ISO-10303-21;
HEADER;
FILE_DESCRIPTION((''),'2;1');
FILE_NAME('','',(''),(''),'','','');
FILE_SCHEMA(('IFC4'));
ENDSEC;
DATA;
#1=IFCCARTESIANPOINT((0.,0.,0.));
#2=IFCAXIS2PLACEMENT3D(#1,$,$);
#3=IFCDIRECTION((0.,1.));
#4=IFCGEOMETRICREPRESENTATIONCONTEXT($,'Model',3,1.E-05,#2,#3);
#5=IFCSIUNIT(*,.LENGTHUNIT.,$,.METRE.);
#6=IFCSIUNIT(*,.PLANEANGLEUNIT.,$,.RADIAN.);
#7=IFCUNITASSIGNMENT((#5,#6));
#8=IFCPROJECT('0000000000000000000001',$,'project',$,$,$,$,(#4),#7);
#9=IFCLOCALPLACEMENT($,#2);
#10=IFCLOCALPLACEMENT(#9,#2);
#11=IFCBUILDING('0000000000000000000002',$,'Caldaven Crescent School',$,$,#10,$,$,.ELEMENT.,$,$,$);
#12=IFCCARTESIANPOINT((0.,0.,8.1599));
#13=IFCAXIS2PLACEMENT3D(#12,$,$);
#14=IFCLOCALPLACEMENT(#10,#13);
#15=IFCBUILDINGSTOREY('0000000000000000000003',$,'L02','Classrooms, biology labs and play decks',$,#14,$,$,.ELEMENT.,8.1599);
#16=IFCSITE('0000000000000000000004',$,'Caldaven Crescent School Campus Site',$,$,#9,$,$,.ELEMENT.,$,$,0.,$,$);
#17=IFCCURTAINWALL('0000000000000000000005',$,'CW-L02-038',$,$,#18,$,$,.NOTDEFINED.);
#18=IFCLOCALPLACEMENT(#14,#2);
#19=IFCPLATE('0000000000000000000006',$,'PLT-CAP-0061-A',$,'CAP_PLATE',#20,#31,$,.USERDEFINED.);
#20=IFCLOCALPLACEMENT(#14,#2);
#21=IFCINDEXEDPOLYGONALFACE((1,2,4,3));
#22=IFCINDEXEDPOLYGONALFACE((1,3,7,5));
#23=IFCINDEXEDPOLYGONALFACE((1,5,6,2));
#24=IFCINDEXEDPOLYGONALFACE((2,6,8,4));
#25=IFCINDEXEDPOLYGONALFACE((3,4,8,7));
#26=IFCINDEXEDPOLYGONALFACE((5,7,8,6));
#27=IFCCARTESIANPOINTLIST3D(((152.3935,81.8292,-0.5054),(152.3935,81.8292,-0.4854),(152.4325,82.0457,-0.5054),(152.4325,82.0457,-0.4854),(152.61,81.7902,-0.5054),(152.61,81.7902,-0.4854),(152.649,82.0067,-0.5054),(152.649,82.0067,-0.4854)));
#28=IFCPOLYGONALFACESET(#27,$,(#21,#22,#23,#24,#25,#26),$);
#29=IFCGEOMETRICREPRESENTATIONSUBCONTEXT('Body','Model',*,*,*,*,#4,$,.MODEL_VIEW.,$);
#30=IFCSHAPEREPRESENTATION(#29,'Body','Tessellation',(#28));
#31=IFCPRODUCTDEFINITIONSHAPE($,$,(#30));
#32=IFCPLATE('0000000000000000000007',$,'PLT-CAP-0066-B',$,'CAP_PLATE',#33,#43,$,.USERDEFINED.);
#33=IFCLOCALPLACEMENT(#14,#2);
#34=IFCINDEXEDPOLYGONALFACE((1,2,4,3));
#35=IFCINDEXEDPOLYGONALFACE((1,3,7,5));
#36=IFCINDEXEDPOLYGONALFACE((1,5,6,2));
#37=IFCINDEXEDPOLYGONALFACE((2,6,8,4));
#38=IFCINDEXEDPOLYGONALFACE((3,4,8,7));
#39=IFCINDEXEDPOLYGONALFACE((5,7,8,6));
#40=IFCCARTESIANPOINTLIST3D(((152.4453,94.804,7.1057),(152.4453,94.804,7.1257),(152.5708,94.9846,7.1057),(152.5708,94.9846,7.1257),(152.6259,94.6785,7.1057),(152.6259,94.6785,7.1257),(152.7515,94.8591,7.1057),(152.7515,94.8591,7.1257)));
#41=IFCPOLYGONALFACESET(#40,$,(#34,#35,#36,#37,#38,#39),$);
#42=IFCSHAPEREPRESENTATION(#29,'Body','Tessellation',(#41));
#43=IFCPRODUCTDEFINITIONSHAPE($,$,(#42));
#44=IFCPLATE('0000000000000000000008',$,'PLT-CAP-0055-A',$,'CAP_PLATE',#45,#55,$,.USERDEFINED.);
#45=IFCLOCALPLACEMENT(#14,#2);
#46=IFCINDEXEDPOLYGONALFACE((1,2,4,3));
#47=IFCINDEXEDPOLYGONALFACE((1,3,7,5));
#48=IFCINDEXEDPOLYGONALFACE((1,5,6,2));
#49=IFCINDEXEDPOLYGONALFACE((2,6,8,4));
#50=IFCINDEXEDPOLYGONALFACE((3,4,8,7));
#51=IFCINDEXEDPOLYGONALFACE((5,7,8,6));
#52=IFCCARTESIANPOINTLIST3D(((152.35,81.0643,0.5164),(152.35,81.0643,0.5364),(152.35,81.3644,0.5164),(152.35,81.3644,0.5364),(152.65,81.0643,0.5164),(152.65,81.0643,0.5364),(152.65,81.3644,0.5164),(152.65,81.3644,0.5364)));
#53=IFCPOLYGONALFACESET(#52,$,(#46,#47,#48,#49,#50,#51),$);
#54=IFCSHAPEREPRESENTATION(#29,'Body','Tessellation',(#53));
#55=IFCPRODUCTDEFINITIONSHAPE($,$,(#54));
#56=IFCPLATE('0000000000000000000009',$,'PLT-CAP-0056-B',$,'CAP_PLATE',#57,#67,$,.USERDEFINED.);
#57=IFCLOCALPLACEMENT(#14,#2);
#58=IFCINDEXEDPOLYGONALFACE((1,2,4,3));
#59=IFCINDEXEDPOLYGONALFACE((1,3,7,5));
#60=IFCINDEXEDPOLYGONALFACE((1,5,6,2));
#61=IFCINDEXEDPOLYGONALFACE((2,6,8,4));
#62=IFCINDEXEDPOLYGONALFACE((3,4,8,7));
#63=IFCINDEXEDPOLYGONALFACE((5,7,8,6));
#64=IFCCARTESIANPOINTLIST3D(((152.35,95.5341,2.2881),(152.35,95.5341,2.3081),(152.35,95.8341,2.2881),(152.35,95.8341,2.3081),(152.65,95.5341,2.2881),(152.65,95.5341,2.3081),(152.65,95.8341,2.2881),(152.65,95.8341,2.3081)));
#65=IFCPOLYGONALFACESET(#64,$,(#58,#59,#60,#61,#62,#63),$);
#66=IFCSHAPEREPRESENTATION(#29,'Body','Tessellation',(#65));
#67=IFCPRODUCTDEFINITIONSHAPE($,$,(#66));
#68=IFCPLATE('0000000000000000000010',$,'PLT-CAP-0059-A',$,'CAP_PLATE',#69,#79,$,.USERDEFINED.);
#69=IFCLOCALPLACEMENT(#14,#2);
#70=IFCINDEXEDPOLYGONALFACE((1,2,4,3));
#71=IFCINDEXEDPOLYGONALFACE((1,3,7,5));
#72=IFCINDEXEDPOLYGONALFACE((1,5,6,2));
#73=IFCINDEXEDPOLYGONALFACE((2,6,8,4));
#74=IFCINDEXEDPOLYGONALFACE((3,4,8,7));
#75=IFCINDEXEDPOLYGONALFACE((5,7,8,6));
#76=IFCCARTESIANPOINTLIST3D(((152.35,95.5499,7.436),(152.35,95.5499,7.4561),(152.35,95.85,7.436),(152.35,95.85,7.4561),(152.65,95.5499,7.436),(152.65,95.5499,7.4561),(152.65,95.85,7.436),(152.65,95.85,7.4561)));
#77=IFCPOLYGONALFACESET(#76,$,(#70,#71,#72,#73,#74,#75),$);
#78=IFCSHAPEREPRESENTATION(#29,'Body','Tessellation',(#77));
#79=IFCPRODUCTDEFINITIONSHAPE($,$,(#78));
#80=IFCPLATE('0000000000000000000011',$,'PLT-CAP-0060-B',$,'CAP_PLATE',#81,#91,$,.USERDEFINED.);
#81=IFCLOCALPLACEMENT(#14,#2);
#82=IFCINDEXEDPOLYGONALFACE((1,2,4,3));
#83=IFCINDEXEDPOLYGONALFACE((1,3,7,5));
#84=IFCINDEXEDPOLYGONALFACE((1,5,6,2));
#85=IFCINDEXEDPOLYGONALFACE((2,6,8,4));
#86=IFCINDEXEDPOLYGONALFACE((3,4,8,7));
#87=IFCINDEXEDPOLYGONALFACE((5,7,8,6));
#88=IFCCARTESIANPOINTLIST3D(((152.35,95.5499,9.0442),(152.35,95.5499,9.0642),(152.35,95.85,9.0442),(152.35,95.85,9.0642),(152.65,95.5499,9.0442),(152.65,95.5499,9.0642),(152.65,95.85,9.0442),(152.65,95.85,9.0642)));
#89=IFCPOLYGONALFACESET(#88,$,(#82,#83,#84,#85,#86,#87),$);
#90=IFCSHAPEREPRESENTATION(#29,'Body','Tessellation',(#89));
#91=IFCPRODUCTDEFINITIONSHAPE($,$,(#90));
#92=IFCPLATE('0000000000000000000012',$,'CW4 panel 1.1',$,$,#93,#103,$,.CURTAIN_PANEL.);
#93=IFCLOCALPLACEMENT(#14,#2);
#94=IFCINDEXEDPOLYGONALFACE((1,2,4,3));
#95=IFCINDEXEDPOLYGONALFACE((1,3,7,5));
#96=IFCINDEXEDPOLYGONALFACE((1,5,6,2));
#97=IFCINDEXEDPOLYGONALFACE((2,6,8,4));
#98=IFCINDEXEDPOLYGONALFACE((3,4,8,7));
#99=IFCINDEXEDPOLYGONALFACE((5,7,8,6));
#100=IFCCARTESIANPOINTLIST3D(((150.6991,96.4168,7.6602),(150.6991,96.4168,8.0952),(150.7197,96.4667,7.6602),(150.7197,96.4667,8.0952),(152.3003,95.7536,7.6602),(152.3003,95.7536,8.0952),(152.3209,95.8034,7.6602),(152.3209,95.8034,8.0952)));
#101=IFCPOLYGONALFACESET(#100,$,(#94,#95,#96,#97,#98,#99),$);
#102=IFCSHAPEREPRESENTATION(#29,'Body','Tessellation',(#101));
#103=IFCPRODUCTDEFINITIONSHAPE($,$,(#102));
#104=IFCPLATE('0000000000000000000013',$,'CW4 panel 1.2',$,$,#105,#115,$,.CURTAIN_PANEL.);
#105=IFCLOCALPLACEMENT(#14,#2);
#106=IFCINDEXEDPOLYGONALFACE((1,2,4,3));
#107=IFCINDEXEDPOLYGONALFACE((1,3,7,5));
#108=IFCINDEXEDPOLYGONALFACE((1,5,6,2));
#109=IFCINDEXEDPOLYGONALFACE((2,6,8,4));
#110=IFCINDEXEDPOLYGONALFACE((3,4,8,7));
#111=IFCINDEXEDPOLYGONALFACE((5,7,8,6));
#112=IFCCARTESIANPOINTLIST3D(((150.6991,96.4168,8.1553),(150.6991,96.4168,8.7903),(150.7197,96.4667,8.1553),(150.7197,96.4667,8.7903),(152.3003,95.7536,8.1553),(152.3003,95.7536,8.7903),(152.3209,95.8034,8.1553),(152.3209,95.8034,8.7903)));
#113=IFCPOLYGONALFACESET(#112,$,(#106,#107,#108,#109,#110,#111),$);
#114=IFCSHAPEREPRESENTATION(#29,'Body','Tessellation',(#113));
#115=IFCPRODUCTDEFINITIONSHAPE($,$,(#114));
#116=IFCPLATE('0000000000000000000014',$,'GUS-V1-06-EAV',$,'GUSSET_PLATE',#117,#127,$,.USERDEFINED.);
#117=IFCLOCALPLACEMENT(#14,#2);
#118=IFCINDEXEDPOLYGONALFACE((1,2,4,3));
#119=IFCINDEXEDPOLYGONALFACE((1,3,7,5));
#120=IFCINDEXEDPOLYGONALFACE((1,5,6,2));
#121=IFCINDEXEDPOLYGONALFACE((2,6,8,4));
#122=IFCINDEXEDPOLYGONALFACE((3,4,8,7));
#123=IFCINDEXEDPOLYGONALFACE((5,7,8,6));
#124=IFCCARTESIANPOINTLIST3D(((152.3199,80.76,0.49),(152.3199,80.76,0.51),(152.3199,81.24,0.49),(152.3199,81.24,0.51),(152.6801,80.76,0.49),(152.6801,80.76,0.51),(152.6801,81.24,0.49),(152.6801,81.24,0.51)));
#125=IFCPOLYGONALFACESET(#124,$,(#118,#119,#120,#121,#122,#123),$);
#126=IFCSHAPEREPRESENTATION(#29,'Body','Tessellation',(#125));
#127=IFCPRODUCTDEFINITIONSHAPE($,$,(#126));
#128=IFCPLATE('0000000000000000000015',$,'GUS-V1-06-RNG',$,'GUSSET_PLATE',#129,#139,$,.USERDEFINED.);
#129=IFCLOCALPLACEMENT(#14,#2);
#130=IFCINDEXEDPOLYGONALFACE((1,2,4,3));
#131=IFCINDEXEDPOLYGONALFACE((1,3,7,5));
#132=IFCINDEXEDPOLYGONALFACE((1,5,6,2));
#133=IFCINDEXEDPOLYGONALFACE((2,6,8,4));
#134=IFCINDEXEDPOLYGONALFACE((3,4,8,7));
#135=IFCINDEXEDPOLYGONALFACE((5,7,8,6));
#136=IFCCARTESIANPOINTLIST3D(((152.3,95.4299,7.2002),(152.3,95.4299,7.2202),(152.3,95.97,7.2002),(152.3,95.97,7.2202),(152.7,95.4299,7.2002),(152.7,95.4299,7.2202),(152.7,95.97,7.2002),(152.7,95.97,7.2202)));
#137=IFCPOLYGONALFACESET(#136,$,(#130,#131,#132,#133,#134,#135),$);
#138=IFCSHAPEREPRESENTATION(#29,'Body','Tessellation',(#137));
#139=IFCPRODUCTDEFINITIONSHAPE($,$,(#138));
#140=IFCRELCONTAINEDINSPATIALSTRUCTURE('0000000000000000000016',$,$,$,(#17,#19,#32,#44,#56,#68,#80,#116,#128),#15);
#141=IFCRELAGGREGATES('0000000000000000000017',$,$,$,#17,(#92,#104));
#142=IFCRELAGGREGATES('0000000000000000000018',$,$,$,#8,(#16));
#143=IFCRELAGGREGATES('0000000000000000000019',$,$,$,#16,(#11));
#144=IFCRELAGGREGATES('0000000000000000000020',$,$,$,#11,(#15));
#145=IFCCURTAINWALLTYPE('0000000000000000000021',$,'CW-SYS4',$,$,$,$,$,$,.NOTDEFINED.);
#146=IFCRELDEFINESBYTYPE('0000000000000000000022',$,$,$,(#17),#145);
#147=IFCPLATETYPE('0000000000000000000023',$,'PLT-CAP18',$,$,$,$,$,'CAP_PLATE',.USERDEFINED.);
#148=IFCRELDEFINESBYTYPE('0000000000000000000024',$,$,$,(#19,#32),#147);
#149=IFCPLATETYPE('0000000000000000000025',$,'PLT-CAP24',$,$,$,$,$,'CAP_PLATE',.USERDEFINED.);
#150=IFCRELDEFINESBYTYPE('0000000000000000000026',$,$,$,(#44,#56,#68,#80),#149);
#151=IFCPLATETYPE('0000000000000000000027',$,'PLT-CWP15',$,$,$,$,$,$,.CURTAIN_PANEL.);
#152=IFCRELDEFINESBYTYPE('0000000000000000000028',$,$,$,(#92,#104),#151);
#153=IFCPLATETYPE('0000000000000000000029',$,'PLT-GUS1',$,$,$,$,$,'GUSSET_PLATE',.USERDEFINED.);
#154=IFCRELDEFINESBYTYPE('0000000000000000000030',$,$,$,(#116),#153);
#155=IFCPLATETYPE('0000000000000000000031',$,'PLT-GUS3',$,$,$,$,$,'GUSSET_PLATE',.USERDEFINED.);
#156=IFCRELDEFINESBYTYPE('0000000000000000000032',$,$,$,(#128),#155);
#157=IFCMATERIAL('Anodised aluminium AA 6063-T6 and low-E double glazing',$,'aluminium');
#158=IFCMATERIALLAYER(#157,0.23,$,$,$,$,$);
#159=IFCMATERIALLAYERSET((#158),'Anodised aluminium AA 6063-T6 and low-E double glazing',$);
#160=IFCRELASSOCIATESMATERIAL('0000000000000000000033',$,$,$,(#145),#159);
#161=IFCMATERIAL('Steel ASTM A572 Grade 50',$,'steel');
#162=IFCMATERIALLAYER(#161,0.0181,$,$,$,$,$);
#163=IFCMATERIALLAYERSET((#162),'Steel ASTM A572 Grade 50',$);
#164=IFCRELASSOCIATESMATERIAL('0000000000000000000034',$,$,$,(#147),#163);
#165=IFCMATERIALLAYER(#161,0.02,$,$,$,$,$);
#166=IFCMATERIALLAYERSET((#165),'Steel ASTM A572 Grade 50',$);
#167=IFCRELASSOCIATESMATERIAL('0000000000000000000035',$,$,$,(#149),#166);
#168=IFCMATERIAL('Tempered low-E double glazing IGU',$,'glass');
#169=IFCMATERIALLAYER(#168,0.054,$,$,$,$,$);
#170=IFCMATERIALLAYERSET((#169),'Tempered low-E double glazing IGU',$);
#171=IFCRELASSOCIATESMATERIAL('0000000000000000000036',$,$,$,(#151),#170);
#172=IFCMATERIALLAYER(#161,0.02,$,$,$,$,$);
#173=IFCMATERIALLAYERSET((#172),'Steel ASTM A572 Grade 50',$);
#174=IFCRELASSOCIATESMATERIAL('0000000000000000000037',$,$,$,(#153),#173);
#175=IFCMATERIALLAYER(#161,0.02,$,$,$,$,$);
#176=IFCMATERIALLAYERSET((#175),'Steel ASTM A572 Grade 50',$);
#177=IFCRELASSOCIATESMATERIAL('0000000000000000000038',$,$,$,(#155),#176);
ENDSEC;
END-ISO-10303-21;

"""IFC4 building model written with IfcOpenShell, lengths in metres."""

from ifc_helpers import new_model, si_unit, direction, frame, origin, origin_2d, place, context, subcontext, project, spatial, rectangle, extrude, material, layer, layer_set, type_object, element, aggregate, save


model = new_model("IFC4")

# Units and contexts
model_context = context("Model", 3, precision=1e-05, world=origin(), true_north=direction((0.0, 1.0)))
body_context = subcontext(model_context, "Body", "Model", "MODEL_VIEW")
ifc_project = project(units=[si_unit("LENGTHUNIT", "METRE"), si_unit("PLANEANGLEUNIT", "RADIAN")], contexts=[model_context])

# Site, building, storey
site_placement = place(None, origin())
site = spatial("IfcSite", under=ifc_project, at=site_placement, Name="Caldaven Crescent School Campus Site", CompositionType="ELEMENT", RefElevation=0.0)
building_placement = place(site_placement, origin())
building = spatial("IfcBuilding", under=site, at=building_placement, Name="Caldaven Crescent School", CompositionType="ELEMENT")
storey_placement = place(building_placement, frame((0.0, 0.0, 8.1599)))
storey = spatial("IfcBuildingStorey", under=building, at=storey_placement, Name="L02", Description="Classrooms, biology labs and play decks", CompositionType="ELEMENT", Elevation=8.1599)

# Shared definitions
ifc_material_1 = material(Name="Steel ASTM A572 Grade 50", Category="steel")

# Curtain wall
ifc_material_2 = material(Name="Anodised aluminium AA 6063-T6 and low-E double glazing", Category="aluminium")
ifc_layer_1 = layer(ifc_material_2, 0.23)
ifc_layer_set_1 = layer_set([ifc_layer_1], Name="Anodised aluminium AA 6063-T6 and low-E double glazing")
curtain_wall_type = type_object("IfcCurtainWallType", Name="CW-SYS4", PredefinedType="NOTDEFINED", material=ifc_layer_set_1)
curtain_wall_placement = place(storey_placement, origin())
curtain_wall = element("IfcCurtainWall", 1, at=curtain_wall_placement, inside=storey, type_object=curtain_wall_type, Name="CW-L02-038", PredefinedType="NOTDEFINED")

# Plates
ifc_layer_2 = layer(ifc_material_1, 0.0181)
ifc_layer_set_2 = layer_set([ifc_layer_2], Name="Steel ASTM A572 Grade 50")
plate_type_1 = type_object("IfcPlateType", Name="PLT-CAP18", ElementType="CAP_PLATE", PredefinedType="USERDEFINED", material=ifc_layer_set_2)
for number, where, z_axis, x_axis, name in (
    (2, (152.5212, 81.918, -0.5054), (0.0, 0.0, 1.0), (0.177085, 0.984196, 0.0), "PLT-CAP-0061-A"),
    (3, (152.5984, 94.8315, 7.1057), (0.0, 0.0, 1.0), (-0.821149, 0.570714, 0.0), "PLT-CAP-0066-B"),
):
    element("IfcPlate", number, at=place(storey_placement, frame(where, z_axis=z_axis, x_axis=x_axis)), inside=storey, type_object=plate_type_1, Name=name, ObjectType="CAP_PLATE", PredefinedType="USERDEFINED", context=body_context, shape_type="SweptSolid", body=[
        extrude(rectangle(XDim=0.22, YDim=0.22, at=origin_2d()), origin(), (0.0, 0.0, 1.0), 0.02),
    ])
ifc_layer_3 = layer(ifc_material_1, 0.02)
ifc_layer_set_3 = layer_set([ifc_layer_3], Name="Steel ASTM A572 Grade 50")
plate_type_2 = type_object("IfcPlateType", Name="PLT-CAP24", ElementType="CAP_PLATE", PredefinedType="USERDEFINED", material=ifc_layer_set_3)
for number, where, z_axis, x_axis, name in (
    (4, (152.5, 81.2144, 0.5164), (0.0, 0.0, 1.0), (0.0, 1.0, 0.0), "PLT-CAP-0055-A"),
    (5, (152.5, 95.6841, 2.2881), (0.0, 0.0, 1.0), (0.0, 1.0, 0.0), "PLT-CAP-0056-B"),
    (6, (152.5, 95.7, 7.436), (0.0, 0.0, 1.0), (1.0, 0.0, 0.0), "PLT-CAP-0059-A"),
    (7, (152.5, 95.7, 9.0442), (0.0, 0.0, 1.0), (1.0, 0.0, 0.0), "PLT-CAP-0060-B"),
):
    element("IfcPlate", number, at=place(storey_placement, frame(where, z_axis=z_axis, x_axis=x_axis)), inside=storey, type_object=plate_type_2, Name=name, ObjectType="CAP_PLATE", PredefinedType="USERDEFINED", context=body_context, shape_type="SweptSolid", body=[
        extrude(rectangle(XDim=0.3, YDim=0.3, at=origin_2d()), origin(), (0.0, 0.0, 1.0), 0.02),
    ])

# Plates
ifc_material_3 = material(Name="Tempered low-E double glazing IGU", Category="glass")
ifc_layer_4 = layer(ifc_material_3, 0.054)
ifc_layer_set_4 = layer_set([ifc_layer_4], Name="Tempered low-E double glazing IGU")
plate_type_3 = type_object("IfcPlateType", Name="PLT-CWP15", PredefinedType="CURTAIN_PANEL", material=ifc_layer_set_4)
plate_1_placement = place(storey_placement, frame((151.51, 96.1101, 7.6602), z_axis=(0.0, 0.0, 1.0), x_axis=(0.92388, -0.382682, 0.0)))
plate_1 = element("IfcPlate", 8, at=plate_1_placement, type_object=plate_type_3, Name="CW4 panel 1.1", PredefinedType="CURTAIN_PANEL", context=body_context, shape_type="SweptSolid", body=[
    extrude(rectangle(XDim=1.7332, YDim=0.054, at=origin_2d()), origin(), (0.0, 0.0, 1.0), 0.4351),
])
plate_2_placement = place(storey_placement, frame((151.51, 96.1101, 8.1553), z_axis=(0.0, 0.0, 1.0), x_axis=(0.92388, -0.382682, 0.0)))
plate_2 = element("IfcPlate", 9, at=plate_2_placement, type_object=plate_type_3, Name="CW4 panel 1.2", PredefinedType="CURTAIN_PANEL", context=body_context, shape_type="SweptSolid", body=[
    extrude(rectangle(XDim=1.7332, YDim=0.054, at=origin_2d()), origin(), (0.0, 0.0, 1.0), 0.635),
])
aggregate(curtain_wall, [plate_1, plate_2])

# Plates
ifc_layer_5 = layer(ifc_material_1, 0.02)
ifc_layer_set_5 = layer_set([ifc_layer_5], Name="Steel ASTM A572 Grade 50")
plate_type_4 = type_object("IfcPlateType", Name="PLT-GUS1", ElementType="GUSSET_PLATE", PredefinedType="USERDEFINED", material=ifc_layer_set_5)
plate_3_placement = place(storey_placement, frame((152.5, 81.0, 0.49), z_axis=(0.0, 0.0, 1.0), x_axis=(0.0, -1.0, 0.0)))
element("IfcPlate", 10, at=plate_3_placement, inside=storey, type_object=plate_type_4, Name="GUS-V1-06-EAV", ObjectType="GUSSET_PLATE", PredefinedType="USERDEFINED", context=body_context, shape_type="SweptSolid", body=[
    extrude(rectangle(XDim=0.48, YDim=0.3601, at=origin_2d()), origin(), (0.0, 0.0, 1.0), 0.02),
])
ifc_layer_6 = layer(ifc_material_1, 0.02)
ifc_layer_set_6 = layer_set([ifc_layer_6], Name="Steel ASTM A572 Grade 50")
plate_type_5 = type_object("IfcPlateType", Name="PLT-GUS3", ElementType="GUSSET_PLATE", PredefinedType="USERDEFINED", material=ifc_layer_set_6)
plate_4_placement = place(storey_placement, frame((152.5, 95.7, 7.2002), z_axis=(0.0, 0.0, 1.0), x_axis=(0.0, -1.0, 0.0)))
element("IfcPlate", 11, at=plate_4_placement, inside=storey, type_object=plate_type_5, Name="GUS-V1-06-RNG", ObjectType="GUSSET_PLATE", PredefinedType="USERDEFINED", context=body_context, shape_type="SweptSolid", body=[
    extrude(rectangle(XDim=0.54, YDim=0.3999, at=origin_2d()), origin(), (0.0, 0.0, 1.0), 0.02),
])

save(model, "model.ifc")
